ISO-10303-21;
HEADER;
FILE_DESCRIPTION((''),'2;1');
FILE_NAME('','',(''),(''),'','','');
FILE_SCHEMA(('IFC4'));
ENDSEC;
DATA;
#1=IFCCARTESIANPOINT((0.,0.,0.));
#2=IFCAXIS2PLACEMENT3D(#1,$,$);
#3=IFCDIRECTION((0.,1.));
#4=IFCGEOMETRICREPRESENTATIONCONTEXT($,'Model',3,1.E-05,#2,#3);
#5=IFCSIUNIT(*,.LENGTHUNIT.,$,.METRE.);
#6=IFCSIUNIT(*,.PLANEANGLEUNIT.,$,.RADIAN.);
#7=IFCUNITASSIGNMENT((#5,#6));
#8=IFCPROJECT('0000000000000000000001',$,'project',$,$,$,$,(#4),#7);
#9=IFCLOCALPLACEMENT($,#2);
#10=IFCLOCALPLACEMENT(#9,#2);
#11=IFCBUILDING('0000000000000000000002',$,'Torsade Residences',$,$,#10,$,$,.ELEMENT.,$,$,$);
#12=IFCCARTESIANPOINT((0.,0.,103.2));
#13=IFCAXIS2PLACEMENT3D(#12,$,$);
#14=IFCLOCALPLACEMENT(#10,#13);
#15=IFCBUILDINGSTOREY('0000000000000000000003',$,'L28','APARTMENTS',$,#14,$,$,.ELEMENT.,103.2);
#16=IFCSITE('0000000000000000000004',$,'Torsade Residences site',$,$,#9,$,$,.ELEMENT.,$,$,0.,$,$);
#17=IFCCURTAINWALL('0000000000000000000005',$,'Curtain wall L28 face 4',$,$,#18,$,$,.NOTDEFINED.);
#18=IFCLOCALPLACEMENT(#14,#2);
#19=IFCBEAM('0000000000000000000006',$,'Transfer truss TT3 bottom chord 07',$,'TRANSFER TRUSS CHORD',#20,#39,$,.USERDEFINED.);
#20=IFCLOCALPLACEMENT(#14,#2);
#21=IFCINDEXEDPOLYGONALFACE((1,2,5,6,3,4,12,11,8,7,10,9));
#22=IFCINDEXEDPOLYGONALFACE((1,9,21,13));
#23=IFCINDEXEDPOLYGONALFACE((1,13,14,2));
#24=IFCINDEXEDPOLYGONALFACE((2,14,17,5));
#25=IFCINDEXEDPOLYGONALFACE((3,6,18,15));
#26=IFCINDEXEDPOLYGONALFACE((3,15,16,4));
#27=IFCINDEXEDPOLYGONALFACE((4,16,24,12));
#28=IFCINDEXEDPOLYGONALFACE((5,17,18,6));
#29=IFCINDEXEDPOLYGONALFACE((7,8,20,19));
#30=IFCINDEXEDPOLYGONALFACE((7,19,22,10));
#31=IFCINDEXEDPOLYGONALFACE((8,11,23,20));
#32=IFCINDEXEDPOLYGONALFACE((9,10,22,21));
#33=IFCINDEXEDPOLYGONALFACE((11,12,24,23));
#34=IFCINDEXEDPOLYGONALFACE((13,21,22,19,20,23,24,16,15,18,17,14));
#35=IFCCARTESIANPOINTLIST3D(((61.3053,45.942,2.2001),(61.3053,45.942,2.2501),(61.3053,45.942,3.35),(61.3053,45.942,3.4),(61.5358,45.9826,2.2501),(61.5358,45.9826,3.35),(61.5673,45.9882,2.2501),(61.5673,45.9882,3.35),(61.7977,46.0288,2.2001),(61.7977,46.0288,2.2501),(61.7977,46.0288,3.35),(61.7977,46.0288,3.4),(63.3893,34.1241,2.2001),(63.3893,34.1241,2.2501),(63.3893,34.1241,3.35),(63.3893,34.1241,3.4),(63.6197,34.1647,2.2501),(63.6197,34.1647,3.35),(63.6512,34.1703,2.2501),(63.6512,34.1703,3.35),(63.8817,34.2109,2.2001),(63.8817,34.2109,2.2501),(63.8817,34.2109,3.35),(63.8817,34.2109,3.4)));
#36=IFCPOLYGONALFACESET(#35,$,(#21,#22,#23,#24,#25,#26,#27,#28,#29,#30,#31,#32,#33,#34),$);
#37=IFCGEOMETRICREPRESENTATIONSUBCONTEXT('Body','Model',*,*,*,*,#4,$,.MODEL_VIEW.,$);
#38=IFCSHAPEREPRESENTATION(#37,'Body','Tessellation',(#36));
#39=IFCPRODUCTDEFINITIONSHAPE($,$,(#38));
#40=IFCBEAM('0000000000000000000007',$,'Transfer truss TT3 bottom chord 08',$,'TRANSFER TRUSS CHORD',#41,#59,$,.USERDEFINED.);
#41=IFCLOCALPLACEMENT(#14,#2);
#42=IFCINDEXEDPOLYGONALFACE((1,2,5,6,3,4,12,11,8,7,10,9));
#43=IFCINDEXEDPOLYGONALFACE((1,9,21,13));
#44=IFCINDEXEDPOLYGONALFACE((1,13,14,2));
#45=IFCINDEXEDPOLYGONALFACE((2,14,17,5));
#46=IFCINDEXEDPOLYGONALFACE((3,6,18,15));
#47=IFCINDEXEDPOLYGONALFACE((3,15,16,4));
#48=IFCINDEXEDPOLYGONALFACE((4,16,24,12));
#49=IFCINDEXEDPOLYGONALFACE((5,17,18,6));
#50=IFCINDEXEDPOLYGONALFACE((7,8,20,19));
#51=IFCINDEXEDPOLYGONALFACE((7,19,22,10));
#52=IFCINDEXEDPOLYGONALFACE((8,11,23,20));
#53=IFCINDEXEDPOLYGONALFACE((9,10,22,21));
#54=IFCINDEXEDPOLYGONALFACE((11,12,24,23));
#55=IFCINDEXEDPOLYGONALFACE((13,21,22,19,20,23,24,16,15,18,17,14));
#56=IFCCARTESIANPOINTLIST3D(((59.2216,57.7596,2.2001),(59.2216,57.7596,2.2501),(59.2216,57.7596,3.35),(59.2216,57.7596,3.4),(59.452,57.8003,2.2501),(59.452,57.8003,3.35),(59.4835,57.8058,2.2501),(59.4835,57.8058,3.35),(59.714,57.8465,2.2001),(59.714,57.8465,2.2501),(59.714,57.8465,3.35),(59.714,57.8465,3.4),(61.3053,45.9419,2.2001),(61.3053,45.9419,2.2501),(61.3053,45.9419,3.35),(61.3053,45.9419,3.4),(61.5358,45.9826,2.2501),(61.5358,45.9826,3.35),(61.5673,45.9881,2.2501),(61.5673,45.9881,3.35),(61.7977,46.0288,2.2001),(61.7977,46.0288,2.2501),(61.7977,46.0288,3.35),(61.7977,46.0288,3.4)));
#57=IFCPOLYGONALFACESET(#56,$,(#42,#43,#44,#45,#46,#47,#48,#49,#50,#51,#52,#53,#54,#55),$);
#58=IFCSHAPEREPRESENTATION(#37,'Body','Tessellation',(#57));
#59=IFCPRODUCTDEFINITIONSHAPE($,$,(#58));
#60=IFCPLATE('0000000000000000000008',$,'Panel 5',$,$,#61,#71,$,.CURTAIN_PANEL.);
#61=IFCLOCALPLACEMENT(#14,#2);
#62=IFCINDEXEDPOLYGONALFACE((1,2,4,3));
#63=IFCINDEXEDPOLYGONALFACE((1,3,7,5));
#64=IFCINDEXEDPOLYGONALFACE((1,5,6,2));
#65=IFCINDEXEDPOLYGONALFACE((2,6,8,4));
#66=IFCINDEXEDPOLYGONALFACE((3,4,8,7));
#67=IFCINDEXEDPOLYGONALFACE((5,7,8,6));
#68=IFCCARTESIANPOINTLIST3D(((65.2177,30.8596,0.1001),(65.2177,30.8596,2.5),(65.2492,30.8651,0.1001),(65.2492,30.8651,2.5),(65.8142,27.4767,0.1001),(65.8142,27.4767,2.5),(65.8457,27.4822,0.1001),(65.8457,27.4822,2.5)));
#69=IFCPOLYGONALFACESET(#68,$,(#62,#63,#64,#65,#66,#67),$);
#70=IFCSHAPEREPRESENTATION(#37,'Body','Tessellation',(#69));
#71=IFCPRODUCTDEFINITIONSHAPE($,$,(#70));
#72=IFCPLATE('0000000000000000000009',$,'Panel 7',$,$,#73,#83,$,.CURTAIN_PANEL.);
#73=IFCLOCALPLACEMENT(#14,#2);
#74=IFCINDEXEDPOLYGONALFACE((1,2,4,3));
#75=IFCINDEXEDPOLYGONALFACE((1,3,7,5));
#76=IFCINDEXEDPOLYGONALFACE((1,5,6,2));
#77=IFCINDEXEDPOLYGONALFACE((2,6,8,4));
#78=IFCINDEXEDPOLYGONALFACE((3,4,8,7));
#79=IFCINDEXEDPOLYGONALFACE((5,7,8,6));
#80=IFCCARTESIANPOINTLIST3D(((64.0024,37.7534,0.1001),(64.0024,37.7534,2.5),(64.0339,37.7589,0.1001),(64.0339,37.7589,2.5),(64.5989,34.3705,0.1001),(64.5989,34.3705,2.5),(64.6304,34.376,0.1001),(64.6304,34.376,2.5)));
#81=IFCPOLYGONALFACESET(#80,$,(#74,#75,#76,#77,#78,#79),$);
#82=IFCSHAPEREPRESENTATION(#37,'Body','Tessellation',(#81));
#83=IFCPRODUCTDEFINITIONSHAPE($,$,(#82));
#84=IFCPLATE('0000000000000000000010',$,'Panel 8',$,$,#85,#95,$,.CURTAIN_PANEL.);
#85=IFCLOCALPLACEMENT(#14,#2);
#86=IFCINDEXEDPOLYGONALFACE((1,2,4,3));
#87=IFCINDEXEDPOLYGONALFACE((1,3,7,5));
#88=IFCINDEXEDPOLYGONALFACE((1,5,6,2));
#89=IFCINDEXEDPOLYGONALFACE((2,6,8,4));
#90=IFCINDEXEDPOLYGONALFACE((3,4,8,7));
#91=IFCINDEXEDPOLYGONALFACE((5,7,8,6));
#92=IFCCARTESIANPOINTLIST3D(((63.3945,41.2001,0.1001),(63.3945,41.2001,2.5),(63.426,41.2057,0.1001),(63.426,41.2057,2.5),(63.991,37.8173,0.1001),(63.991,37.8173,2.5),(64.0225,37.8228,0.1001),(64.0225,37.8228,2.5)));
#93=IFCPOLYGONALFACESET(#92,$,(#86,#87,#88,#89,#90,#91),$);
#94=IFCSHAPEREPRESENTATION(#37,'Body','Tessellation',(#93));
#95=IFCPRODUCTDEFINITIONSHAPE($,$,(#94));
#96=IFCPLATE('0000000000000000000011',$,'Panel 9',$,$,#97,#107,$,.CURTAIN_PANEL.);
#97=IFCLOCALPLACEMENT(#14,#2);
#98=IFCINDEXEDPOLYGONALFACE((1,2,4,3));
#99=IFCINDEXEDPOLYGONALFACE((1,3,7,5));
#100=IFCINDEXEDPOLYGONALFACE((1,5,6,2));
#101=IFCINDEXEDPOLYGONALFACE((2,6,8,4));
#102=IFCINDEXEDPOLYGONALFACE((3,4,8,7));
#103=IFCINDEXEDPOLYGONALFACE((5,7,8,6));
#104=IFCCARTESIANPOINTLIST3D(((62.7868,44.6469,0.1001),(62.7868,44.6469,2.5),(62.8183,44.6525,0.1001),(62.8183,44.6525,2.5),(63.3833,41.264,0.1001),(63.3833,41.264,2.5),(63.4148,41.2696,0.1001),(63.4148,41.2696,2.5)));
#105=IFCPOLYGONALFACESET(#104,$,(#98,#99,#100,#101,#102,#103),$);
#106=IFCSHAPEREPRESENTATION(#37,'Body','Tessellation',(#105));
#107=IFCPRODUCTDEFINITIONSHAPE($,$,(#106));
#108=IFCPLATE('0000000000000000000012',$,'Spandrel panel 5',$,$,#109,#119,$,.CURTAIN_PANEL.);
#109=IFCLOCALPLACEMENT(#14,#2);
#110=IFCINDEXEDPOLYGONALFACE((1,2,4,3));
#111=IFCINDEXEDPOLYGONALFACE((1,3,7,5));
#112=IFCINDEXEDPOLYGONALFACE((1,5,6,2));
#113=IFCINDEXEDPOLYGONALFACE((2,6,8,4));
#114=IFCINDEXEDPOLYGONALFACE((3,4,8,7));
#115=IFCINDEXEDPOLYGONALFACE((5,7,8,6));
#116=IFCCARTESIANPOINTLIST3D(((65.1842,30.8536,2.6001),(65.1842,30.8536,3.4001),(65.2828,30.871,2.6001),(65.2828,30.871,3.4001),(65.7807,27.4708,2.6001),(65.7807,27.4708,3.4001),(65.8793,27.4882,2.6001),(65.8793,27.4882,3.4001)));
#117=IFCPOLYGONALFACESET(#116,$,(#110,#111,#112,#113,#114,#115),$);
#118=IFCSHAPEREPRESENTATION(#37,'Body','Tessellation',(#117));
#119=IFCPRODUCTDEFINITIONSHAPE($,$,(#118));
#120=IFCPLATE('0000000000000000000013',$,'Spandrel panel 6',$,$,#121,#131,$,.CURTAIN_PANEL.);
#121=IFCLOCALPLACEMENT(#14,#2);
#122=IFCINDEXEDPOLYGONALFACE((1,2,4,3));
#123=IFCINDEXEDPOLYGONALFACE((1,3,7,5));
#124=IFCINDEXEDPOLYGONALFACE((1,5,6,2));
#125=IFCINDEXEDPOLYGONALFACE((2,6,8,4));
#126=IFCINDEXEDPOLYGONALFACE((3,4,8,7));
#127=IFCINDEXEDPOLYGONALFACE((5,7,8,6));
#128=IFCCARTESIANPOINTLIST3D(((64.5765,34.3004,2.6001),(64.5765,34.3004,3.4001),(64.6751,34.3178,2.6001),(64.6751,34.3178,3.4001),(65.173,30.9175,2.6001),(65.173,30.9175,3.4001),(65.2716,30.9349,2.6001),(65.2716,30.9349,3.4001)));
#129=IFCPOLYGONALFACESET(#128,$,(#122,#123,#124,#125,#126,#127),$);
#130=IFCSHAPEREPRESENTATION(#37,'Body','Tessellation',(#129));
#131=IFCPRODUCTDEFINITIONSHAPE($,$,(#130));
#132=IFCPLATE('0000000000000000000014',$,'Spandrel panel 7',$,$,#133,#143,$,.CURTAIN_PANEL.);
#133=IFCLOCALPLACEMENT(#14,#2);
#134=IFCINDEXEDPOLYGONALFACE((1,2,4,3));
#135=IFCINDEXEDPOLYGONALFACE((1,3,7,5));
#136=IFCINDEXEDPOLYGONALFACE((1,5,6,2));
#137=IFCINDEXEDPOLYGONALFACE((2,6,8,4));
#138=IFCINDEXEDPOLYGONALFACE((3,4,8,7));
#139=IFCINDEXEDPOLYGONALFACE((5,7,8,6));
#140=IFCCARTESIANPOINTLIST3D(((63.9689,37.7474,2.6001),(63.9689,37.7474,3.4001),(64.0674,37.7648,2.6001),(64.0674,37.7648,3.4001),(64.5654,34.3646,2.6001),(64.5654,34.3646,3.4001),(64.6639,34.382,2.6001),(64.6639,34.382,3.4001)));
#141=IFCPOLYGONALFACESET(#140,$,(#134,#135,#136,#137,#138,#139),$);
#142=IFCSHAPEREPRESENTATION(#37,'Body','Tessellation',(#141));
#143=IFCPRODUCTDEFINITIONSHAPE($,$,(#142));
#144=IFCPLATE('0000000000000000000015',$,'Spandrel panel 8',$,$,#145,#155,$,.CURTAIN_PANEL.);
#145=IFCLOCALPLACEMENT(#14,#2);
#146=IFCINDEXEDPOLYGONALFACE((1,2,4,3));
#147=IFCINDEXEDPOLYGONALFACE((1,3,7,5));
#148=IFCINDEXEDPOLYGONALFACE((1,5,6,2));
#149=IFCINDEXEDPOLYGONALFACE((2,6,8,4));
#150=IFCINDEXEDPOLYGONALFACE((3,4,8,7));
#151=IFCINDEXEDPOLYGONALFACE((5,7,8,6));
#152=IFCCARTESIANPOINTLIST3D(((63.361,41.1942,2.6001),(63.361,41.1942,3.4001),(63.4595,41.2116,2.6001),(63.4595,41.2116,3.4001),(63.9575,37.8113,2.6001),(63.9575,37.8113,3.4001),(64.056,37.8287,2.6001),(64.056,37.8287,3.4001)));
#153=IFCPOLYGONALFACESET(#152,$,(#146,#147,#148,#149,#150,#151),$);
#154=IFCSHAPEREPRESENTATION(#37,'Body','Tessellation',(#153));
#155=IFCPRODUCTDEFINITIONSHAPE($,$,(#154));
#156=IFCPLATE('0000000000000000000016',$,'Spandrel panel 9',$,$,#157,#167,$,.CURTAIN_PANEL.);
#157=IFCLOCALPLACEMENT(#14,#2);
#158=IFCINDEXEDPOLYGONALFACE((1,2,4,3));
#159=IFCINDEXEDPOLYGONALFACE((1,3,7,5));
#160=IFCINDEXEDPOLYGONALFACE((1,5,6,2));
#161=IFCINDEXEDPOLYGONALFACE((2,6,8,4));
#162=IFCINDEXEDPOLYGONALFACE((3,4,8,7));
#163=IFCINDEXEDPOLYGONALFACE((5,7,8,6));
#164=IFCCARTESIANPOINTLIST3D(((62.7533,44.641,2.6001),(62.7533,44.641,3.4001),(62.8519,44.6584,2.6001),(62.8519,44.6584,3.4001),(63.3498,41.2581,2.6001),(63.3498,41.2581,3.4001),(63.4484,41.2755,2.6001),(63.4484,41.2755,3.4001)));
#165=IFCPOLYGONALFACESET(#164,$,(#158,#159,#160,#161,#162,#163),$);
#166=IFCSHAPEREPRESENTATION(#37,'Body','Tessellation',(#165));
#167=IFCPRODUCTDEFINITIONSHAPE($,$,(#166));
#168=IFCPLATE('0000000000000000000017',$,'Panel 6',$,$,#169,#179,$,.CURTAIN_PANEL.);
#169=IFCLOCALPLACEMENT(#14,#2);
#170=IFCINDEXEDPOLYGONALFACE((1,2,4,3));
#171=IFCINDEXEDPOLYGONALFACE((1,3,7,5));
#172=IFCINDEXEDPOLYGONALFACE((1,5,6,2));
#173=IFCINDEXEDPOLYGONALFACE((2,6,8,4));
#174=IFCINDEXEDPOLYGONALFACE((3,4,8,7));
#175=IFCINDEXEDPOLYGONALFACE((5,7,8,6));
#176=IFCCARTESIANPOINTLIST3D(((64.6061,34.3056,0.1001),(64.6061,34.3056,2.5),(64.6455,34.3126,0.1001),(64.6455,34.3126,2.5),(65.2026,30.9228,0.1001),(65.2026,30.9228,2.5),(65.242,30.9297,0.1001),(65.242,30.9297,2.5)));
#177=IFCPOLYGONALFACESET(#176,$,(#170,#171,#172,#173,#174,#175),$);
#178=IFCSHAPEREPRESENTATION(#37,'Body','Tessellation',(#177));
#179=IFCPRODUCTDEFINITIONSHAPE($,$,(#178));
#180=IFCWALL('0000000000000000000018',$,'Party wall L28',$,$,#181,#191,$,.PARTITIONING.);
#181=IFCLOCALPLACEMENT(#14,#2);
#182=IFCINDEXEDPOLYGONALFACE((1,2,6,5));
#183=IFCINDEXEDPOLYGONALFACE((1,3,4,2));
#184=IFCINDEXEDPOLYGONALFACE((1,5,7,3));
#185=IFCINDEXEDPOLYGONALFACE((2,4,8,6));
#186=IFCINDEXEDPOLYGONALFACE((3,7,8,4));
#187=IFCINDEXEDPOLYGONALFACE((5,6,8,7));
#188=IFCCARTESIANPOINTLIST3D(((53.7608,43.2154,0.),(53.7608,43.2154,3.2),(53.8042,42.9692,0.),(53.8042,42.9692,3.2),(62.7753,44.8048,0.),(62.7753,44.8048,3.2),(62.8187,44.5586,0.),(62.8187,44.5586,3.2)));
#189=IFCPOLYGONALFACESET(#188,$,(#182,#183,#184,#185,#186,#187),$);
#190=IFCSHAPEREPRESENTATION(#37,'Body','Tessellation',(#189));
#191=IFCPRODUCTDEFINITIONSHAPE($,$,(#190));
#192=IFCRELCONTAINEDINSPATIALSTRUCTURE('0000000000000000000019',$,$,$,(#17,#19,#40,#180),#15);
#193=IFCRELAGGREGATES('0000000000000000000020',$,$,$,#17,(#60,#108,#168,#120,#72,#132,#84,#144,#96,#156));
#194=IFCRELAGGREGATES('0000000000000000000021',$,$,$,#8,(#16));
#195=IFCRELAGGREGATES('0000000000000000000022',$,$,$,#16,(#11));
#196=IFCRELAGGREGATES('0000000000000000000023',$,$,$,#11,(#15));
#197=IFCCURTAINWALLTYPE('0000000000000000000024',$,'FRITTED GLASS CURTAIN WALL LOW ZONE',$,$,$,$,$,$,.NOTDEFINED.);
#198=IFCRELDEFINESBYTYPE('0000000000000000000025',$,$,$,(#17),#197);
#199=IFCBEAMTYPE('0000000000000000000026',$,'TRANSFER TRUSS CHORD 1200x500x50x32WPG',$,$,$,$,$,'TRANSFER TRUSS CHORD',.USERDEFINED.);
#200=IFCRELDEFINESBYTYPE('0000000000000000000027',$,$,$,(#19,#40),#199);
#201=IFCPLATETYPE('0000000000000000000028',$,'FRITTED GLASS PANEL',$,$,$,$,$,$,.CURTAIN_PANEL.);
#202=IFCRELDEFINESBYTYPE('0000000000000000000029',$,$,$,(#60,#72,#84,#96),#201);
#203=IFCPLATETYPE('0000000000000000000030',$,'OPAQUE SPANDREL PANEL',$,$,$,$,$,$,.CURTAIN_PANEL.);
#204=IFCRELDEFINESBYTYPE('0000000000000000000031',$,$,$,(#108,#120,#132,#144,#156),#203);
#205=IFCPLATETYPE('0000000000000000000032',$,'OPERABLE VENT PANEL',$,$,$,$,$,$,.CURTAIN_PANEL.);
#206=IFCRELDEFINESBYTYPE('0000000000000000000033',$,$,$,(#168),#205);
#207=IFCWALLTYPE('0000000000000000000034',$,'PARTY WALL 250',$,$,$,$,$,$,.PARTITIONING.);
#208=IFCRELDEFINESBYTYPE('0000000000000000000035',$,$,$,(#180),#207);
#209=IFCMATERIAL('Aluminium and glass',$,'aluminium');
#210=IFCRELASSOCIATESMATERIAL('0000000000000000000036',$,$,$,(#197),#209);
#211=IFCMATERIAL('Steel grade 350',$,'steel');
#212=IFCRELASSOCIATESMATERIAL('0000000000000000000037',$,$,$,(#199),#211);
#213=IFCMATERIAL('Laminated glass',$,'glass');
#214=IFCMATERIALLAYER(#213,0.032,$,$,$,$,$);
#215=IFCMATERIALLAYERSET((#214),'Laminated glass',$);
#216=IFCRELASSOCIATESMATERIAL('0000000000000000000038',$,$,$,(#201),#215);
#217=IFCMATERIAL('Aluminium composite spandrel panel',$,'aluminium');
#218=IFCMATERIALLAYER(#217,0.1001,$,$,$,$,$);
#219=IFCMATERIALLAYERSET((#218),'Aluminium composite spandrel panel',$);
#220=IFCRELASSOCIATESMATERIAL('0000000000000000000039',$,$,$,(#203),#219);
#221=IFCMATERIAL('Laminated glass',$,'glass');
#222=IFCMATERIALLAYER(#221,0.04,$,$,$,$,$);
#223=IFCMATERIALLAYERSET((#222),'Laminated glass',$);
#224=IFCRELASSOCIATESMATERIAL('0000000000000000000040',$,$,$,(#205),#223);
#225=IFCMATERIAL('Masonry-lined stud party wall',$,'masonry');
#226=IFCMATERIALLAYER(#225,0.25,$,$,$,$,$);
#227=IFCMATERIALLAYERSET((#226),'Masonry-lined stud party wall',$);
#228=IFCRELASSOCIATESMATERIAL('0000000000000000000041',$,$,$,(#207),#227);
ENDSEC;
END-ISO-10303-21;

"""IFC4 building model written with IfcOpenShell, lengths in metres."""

from ifc_helpers import new_model, si_unit, direction, frame, frame_2d, origin, origin_2d, place, context, subcontext, project, spatial, rectangle, i_section, extrude, material, layer, layer_set, material_profile, profile_set, type_object, element, aggregate, save


model = new_model("IFC4")

# Units and contexts
model_context = context("Model", 3, precision=1e-05, world=origin(), true_north=direction((0.0, 1.0)))
body_context = subcontext(model_context, "Body", "Model", "MODEL_VIEW")
ifc_project = project(units=[si_unit("LENGTHUNIT", "METRE"), si_unit("PLANEANGLEUNIT", "RADIAN")], contexts=[model_context])

# Site, building, storey
site_placement = place(None, origin())
site = spatial("IfcSite", under=ifc_project, at=site_placement, Name="Torsade Residences site", CompositionType="ELEMENT", RefElevation=0.0)
building_placement = place(site_placement, origin())
building = spatial("IfcBuilding", under=site, at=building_placement, Name="Torsade Residences", CompositionType="ELEMENT")
storey_placement = place(building_placement, frame((0.0, 0.0, 103.2)))
storey = spatial("IfcBuildingStorey", under=building, at=storey_placement, Name="L28", Description="APARTMENTS", CompositionType="ELEMENT", Elevation=103.2)

# Curtain wall
ifc_material_1 = material(Name="Aluminium and glass", Category="aluminium")
curtain_wall_type = type_object("IfcCurtainWallType", Name="FRITTED GLASS CURTAIN WALL LOW ZONE", PredefinedType="NOTDEFINED", material=ifc_material_1)
curtain_wall_placement = place(storey_placement, origin())
curtain_wall = element("IfcCurtainWall", 1, at=curtain_wall_placement, inside=storey, type_object=curtain_wall_type, Name="Curtain wall L28 face 4", PredefinedType="NOTDEFINED")

# Beams
ifc_material_2 = material(Name="Steel grade 350", Category="steel")
ifc_material_profile_1 = material_profile(ifc_material_2, i_section(OverallWidth=0.5, OverallDepth=1.2, WebThickness=0.032, FlangeThickness=0.05, at=origin_2d()), Name="1200x500x50x32WPG")
ifc_profile_set_1 = profile_set([ifc_material_profile_1], Name="Steel grade 350")
beam_type_1 = type_object("IfcBeamType", Name="TRANSFER TRUSS CHORD 1200x500x50x32WPG", ElementType="TRANSFER TRUSS CHORD", PredefinedType="USERDEFINED", material=ifc_profile_set_1)
beam_1_placement = place(storey_placement, frame((63.6355, 34.1675, 2.8), z_axis=(-0.173662, 0.984805, 0.0), x_axis=(-0.984805, -0.173662, 0.0)))
element("IfcBeam", 2, at=beam_1_placement, inside=storey, type_object=beam_type_1, Name="Transfer truss TT3 bottom chord 07", ObjectType="TRANSFER TRUSS CHORD", PredefinedType="USERDEFINED", context=body_context, shape_type="SweptSolid", body=[
    extrude(i_section(OverallWidth=0.5, OverallDepth=1.2, WebThickness=0.032, FlangeThickness=0.05, at=origin_2d()), origin(), (0.0, 0.0, 1.0), 12.0002),
])
beam_2_placement = place(storey_placement, frame((61.5515, 45.9854, 2.8), z_axis=(-0.173646, 0.984808, 0.0), x_axis=(-0.984808, -0.173646, 0.0)))
element("IfcBeam", 3, at=beam_2_placement, inside=storey, type_object=beam_type_1, Name="Transfer truss TT3 bottom chord 08", ObjectType="TRANSFER TRUSS CHORD", PredefinedType="USERDEFINED", context=body_context, shape_type="SweptSolid", body=[
    extrude(i_section(OverallWidth=0.5, OverallDepth=1.2, WebThickness=0.032, FlangeThickness=0.05, at=origin_2d()), origin(), (0.0, 0.0, 1.0), 12.0),
])

# Plates
ifc_material_3 = material(Name="Laminated glass", Category="glass")
ifc_layer_1 = layer(ifc_material_3, 0.032)
ifc_layer_set_1 = layer_set([ifc_layer_1], Name="Laminated glass")
plate_type_1 = type_object("IfcPlateType", Name="FRITTED GLASS PANEL", PredefinedType="CURTAIN_PANEL", material=ifc_layer_set_1)
plate_1_placement = place(storey_placement, frame((65.5317, 29.1709, 0.1001), z_axis=(0.0, 0.0, 1.0), x_axis=(-0.173648, 0.984808, 0.0)))
plate_1 = element("IfcPlate", 4, at=plate_1_placement, type_object=plate_type_1, Name="Panel 5", PredefinedType="CURTAIN_PANEL", context=body_context, shape_type="SweptSolid", body=[
    extrude(rectangle(XDim=3.4351, YDim=0.032, at=origin_2d()), origin(), (0.0, 0.0, 1.0), 2.3999),
])
plate_2_placement = place(storey_placement, frame((64.3164, 36.0647, 0.1001), z_axis=(0.0, 0.0, 1.0), x_axis=(-0.173648, 0.984808, 0.0)))
plate_2 = element("IfcPlate", 5, at=plate_2_placement, type_object=plate_type_1, Name="Panel 7", PredefinedType="CURTAIN_PANEL", context=body_context, shape_type="SweptSolid", body=[
    extrude(rectangle(XDim=3.4351, YDim=0.032, at=origin_2d()), origin(), (0.0, 0.0, 1.0), 2.3999),
])
plate_3_placement = place(storey_placement, frame((63.7085, 39.5115, 0.1001), z_axis=(0.0, 0.0, 1.0), x_axis=(-0.173648, 0.984808, 0.0)))
plate_3 = element("IfcPlate", 6, at=plate_3_placement, type_object=plate_type_1, Name="Panel 8", PredefinedType="CURTAIN_PANEL", context=body_context, shape_type="SweptSolid", body=[
    extrude(rectangle(XDim=3.4351, YDim=0.032, at=origin_2d()), origin(), (0.0, 0.0, 1.0), 2.3999),
])
plate_4_placement = place(storey_placement, frame((63.1008, 42.9583, 0.1001), z_axis=(0.0, 0.0, 1.0), x_axis=(-0.173648, 0.984808, 0.0)))
plate_4 = element("IfcPlate", 7, at=plate_4_placement, type_object=plate_type_1, Name="Panel 9", PredefinedType="CURTAIN_PANEL", context=body_context, shape_type="SweptSolid", body=[
    extrude(rectangle(XDim=3.4351, YDim=0.032, at=origin_2d()), origin(), (0.0, 0.0, 1.0), 2.3999),
])
ifc_material_4 = material(Name="Aluminium composite spandrel panel", Category="aluminium")
ifc_layer_2 = layer(ifc_material_4, 0.1001)
ifc_layer_set_2 = layer_set([ifc_layer_2], Name="Aluminium composite spandrel panel")
plate_type_2 = type_object("IfcPlateType", Name="OPAQUE SPANDREL PANEL", PredefinedType="CURTAIN_PANEL", material=ifc_layer_set_2)
plate_5_placement = place(storey_placement, frame((65.5317, 29.1709, 2.6001), z_axis=(0.0, 0.0, 1.0), x_axis=(-0.173648, 0.984808, 0.0)))
plate_5 = element("IfcPlate", 8, at=plate_5_placement, type_object=plate_type_2, Name="Spandrel panel 5", PredefinedType="CURTAIN_PANEL", context=body_context, shape_type="SweptSolid", body=[
    extrude(rectangle(XDim=3.4351, YDim=0.1001, at=origin_2d()), origin(), (0.0, 0.0, 1.0), 0.8),
])
plate_6_placement = place(storey_placement, frame((64.9241, 32.6177, 2.6001), z_axis=(0.0, 0.0, 1.0), x_axis=(-0.173648, 0.984808, 0.0)))
plate_6 = element("IfcPlate", 9, at=plate_6_placement, type_object=plate_type_2, Name="Spandrel panel 6", PredefinedType="CURTAIN_PANEL", context=body_context, shape_type="SweptSolid", body=[
    extrude(rectangle(XDim=3.4351, YDim=0.1001, at=origin_2d()), origin(), (0.0, 0.0, 1.0), 0.8),
])
plate_7_placement = place(storey_placement, frame((64.3164, 36.0647, 2.6001), z_axis=(0.0, 0.0, 1.0), x_axis=(-0.173648, 0.984808, 0.0)))
plate_7 = element("IfcPlate", 10, at=plate_7_placement, type_object=plate_type_2, Name="Spandrel panel 7", PredefinedType="CURTAIN_PANEL", context=body_context, shape_type="SweptSolid", body=[
    extrude(rectangle(XDim=3.4351, YDim=0.1001, at=origin_2d()), origin(), (0.0, 0.0, 1.0), 0.8),
])
plate_8_placement = place(storey_placement, frame((63.7085, 39.5115, 2.6001), z_axis=(0.0, 0.0, 1.0), x_axis=(-0.173648, 0.984808, 0.0)))
plate_8 = element("IfcPlate", 11, at=plate_8_placement, type_object=plate_type_2, Name="Spandrel panel 8", PredefinedType="CURTAIN_PANEL", context=body_context, shape_type="SweptSolid", body=[
    extrude(rectangle(XDim=3.4351, YDim=0.1001, at=origin_2d()), origin(), (0.0, 0.0, 1.0), 0.8),
])
plate_9_placement = place(storey_placement, frame((63.1008, 42.9583, 2.6001), z_axis=(0.0, 0.0, 1.0), x_axis=(-0.173648, 0.984808, 0.0)))
plate_9 = element("IfcPlate", 12, at=plate_9_placement, type_object=plate_type_2, Name="Spandrel panel 9", PredefinedType="CURTAIN_PANEL", context=body_context, shape_type="SweptSolid", body=[
    extrude(rectangle(XDim=3.4351, YDim=0.1001, at=origin_2d()), origin(), (0.0, 0.0, 1.0), 0.8),
])
ifc_material_5 = material(Name="Laminated glass", Category="glass")
ifc_layer_3 = layer(ifc_material_5, 0.04)
ifc_layer_set_3 = layer_set([ifc_layer_3], Name="Laminated glass")
plate_type_3 = type_object("IfcPlateType", Name="OPERABLE VENT PANEL", PredefinedType="CURTAIN_PANEL", material=ifc_layer_set_3)
plate_10_placement = place(storey_placement, frame((64.9241, 32.6177, 0.1001), z_axis=(0.0, 0.0, 1.0), x_axis=(-0.173648, 0.984808, 0.0)))
plate_10 = element("IfcPlate", 13, at=plate_10_placement, type_object=plate_type_3, Name="Panel 6", PredefinedType="CURTAIN_PANEL", context=body_context, shape_type="SweptSolid", body=[
    extrude(rectangle(XDim=3.4351, YDim=0.04, at=origin_2d()), origin(), (0.0, 0.0, 1.0), 2.3999),
])
aggregate(curtain_wall, [plate_1, plate_5, plate_10, plate_6, plate_2, plate_7, plate_3, plate_8, plate_4, plate_9])

# Wall
ifc_material_6 = material(Name="Masonry-lined stud party wall", Category="masonry")
ifc_layer_4 = layer(ifc_material_6, 0.25)
ifc_layer_set_4 = layer_set([ifc_layer_4], Name="Masonry-lined stud party wall")
wall_type = type_object("IfcWallType", Name="PARTY WALL 250", PredefinedType="PARTITIONING", material=ifc_layer_set_4)
wall_1_placement = place(storey_placement, frame((62.7969, 44.6816, 0.0), z_axis=(0.0, 0.0, 1.0), x_axis=(-0.984811, -0.17363, 0.0)))
element("IfcWall", 14, at=wall_1_placement, inside=storey, type_object=wall_type, Name="Party wall L28", PredefinedType="PARTITIONING", context=body_context, shape_type="SweptSolid", body=[
    extrude(rectangle(XDim=9.1536, YDim=0.25, at=frame_2d((4.5767, 0.0))), origin(), (0.0, 0.0, 1.0), 3.2),
])

save(model, "model.ifc")
